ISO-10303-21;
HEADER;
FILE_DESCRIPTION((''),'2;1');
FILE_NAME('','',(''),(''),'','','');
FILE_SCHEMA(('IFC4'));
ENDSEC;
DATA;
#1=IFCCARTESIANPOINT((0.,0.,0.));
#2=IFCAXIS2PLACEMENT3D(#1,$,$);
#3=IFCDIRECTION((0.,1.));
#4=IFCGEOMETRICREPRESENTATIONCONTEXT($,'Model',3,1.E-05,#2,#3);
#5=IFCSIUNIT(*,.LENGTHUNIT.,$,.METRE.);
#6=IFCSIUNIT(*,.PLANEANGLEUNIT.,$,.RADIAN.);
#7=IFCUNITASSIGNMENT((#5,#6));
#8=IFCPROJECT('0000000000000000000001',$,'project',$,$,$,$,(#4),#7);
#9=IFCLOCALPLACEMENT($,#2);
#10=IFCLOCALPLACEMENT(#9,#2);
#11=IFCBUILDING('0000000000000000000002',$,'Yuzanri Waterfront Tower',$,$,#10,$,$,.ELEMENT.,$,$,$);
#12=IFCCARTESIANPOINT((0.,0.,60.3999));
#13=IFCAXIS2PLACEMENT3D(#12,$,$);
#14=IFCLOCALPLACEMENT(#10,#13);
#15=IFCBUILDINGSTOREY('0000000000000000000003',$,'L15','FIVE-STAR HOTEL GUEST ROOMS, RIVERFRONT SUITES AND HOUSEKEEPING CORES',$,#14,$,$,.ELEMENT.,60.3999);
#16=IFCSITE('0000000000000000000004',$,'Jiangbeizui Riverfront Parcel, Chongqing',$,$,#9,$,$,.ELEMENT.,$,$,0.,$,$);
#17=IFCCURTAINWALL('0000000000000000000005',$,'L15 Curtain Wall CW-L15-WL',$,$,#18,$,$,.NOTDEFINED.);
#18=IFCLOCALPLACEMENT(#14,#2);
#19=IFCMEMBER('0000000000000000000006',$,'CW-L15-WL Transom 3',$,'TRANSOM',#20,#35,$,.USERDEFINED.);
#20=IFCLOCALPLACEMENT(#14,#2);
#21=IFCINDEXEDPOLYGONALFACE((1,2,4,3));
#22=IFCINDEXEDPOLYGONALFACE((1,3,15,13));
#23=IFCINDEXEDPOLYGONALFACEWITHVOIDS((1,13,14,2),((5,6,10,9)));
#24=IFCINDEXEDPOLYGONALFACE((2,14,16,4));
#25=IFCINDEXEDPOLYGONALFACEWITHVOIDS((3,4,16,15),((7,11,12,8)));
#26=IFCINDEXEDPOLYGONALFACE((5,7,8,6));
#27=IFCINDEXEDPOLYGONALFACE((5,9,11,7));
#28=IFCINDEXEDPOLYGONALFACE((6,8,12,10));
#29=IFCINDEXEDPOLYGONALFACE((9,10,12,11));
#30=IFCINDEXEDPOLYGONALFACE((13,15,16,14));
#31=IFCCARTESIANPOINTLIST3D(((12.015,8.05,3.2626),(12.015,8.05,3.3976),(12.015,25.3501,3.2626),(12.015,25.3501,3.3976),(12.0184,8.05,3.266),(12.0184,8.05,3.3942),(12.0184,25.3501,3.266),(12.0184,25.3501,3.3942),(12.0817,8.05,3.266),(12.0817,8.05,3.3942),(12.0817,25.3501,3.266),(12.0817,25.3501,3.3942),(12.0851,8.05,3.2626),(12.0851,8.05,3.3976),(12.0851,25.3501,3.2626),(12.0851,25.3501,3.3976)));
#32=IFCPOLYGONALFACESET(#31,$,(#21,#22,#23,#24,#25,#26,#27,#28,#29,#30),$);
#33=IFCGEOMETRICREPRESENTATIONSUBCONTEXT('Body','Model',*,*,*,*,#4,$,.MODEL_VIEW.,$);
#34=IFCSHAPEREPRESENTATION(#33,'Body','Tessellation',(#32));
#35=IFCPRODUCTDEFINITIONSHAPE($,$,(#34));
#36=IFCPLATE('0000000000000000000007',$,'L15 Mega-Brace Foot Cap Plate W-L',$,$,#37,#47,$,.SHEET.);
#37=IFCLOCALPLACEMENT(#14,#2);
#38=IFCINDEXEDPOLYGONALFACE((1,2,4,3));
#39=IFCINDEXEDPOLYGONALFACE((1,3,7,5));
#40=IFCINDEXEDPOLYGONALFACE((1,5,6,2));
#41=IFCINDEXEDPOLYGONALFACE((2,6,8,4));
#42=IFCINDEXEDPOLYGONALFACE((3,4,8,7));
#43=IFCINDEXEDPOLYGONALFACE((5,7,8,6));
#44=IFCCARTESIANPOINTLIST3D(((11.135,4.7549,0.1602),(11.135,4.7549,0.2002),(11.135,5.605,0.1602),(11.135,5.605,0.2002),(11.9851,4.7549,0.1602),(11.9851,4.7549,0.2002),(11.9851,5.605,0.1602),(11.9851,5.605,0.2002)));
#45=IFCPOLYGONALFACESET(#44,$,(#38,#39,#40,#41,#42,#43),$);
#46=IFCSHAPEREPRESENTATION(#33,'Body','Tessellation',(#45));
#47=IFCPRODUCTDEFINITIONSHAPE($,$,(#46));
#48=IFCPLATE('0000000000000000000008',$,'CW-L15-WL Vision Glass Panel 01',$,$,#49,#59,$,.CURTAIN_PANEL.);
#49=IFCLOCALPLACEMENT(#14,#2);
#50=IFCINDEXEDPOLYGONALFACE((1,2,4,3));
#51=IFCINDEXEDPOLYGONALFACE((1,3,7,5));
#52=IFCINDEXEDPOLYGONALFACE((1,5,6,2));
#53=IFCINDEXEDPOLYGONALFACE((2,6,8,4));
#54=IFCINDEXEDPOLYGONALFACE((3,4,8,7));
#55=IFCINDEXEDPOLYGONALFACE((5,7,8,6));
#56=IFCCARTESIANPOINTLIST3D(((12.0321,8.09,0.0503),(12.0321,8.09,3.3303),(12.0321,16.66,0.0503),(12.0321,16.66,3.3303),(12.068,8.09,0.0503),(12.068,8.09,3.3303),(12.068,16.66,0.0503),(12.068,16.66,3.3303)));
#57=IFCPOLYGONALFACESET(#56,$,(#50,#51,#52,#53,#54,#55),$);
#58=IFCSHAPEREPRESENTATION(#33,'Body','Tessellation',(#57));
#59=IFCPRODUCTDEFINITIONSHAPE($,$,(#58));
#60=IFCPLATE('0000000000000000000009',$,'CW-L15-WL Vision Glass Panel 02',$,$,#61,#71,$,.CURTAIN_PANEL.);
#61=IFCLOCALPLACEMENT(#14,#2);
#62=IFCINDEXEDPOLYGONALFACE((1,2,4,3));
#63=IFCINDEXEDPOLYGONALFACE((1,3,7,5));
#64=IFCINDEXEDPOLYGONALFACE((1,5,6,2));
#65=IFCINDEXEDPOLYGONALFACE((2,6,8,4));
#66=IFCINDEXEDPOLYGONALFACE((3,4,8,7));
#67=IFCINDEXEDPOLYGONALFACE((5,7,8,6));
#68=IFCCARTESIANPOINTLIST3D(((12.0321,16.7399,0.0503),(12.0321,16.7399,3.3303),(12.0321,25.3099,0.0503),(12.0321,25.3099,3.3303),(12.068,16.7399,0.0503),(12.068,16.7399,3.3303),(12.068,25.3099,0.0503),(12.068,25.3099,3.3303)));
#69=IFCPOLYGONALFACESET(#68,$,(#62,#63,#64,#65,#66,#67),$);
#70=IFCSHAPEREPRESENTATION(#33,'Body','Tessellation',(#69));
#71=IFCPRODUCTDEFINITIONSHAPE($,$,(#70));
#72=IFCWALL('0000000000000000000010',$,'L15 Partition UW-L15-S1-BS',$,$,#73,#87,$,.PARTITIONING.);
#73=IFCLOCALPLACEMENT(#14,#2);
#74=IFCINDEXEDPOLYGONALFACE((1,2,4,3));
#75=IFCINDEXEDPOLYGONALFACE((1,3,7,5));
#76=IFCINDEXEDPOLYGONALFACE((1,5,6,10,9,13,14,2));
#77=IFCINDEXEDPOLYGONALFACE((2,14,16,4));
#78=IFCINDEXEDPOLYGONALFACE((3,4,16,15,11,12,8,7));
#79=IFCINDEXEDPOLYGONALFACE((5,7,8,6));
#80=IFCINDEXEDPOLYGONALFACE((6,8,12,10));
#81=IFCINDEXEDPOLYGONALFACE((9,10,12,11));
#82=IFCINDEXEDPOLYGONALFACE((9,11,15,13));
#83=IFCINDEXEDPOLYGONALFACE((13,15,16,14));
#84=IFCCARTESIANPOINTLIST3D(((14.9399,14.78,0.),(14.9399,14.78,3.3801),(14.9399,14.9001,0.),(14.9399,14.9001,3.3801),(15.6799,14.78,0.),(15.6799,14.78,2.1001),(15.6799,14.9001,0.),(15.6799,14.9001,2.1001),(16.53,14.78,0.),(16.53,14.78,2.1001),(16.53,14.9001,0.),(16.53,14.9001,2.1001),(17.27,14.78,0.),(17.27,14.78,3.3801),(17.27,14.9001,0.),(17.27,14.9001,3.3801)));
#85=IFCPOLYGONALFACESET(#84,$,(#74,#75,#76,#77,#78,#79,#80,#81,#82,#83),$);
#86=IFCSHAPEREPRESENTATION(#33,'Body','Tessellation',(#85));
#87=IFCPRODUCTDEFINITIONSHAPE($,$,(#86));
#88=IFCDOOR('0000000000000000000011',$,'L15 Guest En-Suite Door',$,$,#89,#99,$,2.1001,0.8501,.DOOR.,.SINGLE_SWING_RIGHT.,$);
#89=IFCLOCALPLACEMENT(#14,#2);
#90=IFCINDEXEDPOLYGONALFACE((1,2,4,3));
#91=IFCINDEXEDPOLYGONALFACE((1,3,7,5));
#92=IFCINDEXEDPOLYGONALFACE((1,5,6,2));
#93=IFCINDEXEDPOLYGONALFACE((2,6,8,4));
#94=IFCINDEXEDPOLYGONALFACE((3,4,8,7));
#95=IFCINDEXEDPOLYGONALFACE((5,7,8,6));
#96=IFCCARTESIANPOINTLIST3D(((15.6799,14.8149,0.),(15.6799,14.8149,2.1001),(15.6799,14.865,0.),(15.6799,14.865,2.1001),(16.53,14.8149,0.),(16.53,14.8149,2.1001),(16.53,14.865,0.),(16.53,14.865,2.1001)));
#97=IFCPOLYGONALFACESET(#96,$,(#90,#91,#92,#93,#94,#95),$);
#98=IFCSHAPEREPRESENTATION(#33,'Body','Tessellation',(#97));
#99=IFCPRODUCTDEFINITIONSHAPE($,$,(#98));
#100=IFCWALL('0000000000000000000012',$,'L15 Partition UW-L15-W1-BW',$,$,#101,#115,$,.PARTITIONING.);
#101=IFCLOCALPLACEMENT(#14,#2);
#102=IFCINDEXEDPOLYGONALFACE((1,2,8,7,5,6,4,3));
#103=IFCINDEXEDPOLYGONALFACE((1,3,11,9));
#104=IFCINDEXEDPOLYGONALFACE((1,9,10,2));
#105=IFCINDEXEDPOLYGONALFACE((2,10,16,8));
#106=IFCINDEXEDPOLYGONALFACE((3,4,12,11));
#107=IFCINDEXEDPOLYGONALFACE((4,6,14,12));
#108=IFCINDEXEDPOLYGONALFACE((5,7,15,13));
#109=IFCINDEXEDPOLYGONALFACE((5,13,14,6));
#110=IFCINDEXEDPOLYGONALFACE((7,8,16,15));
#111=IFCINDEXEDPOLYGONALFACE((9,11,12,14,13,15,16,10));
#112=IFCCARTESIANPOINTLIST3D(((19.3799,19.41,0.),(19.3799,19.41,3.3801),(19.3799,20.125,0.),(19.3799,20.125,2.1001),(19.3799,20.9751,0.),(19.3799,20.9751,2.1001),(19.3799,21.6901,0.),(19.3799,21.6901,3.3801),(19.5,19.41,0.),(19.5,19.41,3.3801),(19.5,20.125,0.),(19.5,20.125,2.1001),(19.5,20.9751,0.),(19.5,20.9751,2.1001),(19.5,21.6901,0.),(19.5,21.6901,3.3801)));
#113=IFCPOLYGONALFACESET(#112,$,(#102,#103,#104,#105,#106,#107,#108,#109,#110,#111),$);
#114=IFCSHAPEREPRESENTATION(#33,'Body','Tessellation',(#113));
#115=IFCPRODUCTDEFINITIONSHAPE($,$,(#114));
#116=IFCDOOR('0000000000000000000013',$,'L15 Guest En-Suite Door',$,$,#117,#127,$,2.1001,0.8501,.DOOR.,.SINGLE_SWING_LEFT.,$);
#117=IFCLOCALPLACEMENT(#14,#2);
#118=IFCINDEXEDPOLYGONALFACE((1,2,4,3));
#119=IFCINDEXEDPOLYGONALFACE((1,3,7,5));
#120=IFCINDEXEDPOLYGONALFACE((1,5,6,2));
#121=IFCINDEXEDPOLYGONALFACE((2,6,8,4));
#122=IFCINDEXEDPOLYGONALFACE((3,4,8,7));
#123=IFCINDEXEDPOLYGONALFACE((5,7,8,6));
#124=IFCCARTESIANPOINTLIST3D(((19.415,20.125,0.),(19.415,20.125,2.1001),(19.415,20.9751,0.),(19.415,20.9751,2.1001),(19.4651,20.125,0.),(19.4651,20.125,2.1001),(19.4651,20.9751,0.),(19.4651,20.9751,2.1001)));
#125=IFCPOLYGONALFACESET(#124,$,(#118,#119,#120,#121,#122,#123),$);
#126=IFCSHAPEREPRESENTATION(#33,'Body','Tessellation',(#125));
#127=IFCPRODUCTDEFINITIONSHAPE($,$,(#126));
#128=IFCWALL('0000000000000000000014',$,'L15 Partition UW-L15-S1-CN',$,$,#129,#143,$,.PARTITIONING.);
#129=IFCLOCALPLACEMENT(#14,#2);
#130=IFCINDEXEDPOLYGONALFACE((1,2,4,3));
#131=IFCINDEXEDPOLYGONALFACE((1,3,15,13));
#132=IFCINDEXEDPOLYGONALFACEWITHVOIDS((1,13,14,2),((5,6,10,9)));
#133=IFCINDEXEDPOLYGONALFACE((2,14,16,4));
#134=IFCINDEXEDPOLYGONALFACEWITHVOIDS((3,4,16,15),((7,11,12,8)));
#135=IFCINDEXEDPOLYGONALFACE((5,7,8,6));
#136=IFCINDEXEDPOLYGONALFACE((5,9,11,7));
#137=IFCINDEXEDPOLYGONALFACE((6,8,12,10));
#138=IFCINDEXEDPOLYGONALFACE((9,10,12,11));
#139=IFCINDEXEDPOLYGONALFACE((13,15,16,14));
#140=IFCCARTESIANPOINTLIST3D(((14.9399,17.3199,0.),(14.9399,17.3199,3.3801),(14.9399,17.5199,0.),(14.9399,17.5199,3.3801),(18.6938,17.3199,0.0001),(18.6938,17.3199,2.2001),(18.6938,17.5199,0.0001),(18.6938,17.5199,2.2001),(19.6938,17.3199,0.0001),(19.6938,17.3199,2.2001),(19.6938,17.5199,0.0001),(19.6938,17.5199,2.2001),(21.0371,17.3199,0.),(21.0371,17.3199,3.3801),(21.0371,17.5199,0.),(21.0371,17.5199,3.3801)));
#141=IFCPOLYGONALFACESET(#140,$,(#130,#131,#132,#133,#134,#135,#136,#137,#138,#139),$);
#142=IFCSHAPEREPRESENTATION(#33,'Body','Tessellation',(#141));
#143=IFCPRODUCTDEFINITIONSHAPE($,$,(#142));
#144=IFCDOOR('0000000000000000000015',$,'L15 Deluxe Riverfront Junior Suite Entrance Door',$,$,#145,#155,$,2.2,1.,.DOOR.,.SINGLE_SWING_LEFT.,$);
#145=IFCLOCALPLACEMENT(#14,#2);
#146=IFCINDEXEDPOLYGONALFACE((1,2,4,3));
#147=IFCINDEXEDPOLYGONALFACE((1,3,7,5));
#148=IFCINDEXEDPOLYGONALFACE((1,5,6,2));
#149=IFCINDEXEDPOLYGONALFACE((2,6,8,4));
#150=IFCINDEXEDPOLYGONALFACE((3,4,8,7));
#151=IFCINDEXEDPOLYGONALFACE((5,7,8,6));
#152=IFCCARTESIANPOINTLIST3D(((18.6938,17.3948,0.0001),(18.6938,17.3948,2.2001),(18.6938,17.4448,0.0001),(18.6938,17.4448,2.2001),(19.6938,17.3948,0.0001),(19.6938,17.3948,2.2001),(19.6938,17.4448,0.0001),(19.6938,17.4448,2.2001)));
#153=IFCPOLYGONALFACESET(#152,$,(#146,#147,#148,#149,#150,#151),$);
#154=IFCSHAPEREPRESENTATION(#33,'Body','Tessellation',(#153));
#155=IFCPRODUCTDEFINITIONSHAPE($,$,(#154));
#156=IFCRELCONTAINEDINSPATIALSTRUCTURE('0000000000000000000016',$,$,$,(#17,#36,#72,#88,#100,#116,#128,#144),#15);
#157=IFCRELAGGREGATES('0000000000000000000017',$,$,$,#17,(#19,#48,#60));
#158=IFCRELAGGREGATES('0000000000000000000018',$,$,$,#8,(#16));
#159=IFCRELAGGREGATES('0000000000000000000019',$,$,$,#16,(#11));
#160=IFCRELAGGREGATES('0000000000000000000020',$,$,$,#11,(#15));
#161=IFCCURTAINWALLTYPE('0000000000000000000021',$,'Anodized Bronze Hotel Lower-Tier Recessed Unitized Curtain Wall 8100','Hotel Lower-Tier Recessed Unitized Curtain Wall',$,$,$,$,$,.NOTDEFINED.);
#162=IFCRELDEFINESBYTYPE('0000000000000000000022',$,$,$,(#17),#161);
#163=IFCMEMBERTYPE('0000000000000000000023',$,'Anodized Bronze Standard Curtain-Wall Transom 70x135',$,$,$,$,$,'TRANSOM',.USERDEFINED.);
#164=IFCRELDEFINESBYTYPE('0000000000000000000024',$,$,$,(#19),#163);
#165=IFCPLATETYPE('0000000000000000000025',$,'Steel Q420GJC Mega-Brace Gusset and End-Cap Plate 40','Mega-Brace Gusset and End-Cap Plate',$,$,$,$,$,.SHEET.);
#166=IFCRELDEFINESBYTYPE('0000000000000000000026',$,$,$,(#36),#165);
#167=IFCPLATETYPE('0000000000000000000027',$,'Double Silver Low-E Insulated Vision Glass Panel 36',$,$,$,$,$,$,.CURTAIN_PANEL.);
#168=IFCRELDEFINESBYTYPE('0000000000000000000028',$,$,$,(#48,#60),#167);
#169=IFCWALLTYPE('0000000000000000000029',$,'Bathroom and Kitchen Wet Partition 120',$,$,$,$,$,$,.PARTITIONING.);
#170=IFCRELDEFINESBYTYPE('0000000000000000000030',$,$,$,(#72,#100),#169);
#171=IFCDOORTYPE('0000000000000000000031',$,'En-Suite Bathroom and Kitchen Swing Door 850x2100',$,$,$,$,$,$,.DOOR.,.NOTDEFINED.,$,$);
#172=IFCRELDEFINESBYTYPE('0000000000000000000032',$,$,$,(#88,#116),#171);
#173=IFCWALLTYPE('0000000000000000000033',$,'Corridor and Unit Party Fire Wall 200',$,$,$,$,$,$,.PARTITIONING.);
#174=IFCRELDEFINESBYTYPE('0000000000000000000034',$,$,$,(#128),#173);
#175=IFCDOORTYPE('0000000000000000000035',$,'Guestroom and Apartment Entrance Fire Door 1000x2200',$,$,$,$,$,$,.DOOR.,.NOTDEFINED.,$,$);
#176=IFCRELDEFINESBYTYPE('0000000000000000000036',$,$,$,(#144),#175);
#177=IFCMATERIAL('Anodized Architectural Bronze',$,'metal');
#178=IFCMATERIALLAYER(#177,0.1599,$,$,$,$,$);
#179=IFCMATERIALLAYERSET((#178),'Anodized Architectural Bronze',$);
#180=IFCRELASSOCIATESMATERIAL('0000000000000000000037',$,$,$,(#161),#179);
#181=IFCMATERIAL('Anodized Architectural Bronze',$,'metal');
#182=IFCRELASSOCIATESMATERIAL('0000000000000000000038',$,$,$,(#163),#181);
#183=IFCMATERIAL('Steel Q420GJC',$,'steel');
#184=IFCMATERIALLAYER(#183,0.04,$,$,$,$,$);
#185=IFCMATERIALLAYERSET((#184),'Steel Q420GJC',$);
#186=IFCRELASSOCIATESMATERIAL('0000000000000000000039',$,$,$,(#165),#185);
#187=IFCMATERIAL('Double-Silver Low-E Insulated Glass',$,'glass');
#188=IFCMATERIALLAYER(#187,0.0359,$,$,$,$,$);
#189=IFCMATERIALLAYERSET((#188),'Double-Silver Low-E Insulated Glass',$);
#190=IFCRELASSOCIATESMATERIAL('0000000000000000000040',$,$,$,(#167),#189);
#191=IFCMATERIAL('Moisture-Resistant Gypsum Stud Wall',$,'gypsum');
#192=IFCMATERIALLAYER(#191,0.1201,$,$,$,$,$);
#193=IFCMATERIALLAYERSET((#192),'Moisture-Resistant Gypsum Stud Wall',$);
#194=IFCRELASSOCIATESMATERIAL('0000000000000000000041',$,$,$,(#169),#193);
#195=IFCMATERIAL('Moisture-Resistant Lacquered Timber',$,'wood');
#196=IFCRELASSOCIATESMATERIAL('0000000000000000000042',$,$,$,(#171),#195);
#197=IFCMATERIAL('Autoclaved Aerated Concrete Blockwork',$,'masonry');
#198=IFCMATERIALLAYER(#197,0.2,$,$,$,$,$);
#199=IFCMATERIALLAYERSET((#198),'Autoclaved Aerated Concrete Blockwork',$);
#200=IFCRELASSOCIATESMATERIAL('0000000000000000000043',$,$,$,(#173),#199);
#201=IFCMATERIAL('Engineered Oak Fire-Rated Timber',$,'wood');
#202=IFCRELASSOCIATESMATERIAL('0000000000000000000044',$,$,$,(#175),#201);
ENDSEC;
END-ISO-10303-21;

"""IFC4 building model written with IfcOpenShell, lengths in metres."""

from ifc_helpers import new_model, si_unit, direction, frame, frame_2d, origin, origin_2d, place, context, subcontext, project, spatial, rectangle, hollow_rectangle, extrude, source, transform, mapped, material, layer, layer_set, material_profile, profile_set, type_object, element, fill, aggregate, save


model = new_model("IFC4")

# Units and contexts
model_context = context("Model", 3, precision=1e-05, world=origin(), true_north=direction((0.0, 1.0)))
body_context = subcontext(model_context, "Body", "Model", "MODEL_VIEW")
ifc_project = project(units=[si_unit("LENGTHUNIT", "METRE"), si_unit("PLANEANGLEUNIT", "RADIAN")], contexts=[model_context])

# Site, building, storey
site_placement = place(None, origin())
site = spatial("IfcSite", under=ifc_project, at=site_placement, Name="Jiangbeizui Riverfront Parcel, Chongqing", CompositionType="ELEMENT", RefElevation=0.0)
building_placement = place(site_placement, origin())
building = spatial("IfcBuilding", under=site, at=building_placement, Name="Yuzanri Waterfront Tower", CompositionType="ELEMENT")
storey_placement = place(building_placement, frame((0.0, 0.0, 60.3999)))
storey = spatial("IfcBuildingStorey", under=building, at=storey_placement, Name="L15", Description="FIVE-STAR HOTEL GUEST ROOMS, RIVERFRONT SUITES AND HOUSEKEEPING CORES", CompositionType="ELEMENT", Elevation=60.3999)

# Curtain wall, member
ifc_material_1 = material(Name="Anodized Architectural Bronze", Category="metal")
ifc_layer_1 = layer(ifc_material_1, 0.1599)
ifc_layer_set_1 = layer_set([ifc_layer_1], Name="Anodized Architectural Bronze")
curtain_wall_type = type_object("IfcCurtainWallType", Name="Anodized Bronze Hotel Lower-Tier Recessed Unitized Curtain Wall 8100", Description="Hotel Lower-Tier Recessed Unitized Curtain Wall", PredefinedType="NOTDEFINED", material=ifc_layer_set_1)
curtain_wall_placement = place(storey_placement, origin())
curtain_wall = element("IfcCurtainWall", 1, at=curtain_wall_placement, inside=storey, type_object=curtain_wall_type, Name="L15 Curtain Wall CW-L15-WL", PredefinedType="NOTDEFINED")
ifc_material_2 = material(Name="Anodized Architectural Bronze", Category="metal")
ifc_material_profile_1 = material_profile(ifc_material_2, hollow_rectangle(XDim=0.0701, YDim=0.135, WallThickness=0.0034, at=origin_2d()), Name="CWT 70x135")
ifc_profile_set_1 = profile_set([ifc_material_profile_1], Name="Anodized Architectural Bronze")
member_type_1 = type_object("IfcMemberType", Name="Anodized Bronze Standard Curtain-Wall Transom 70x135", ElementType="TRANSOM", PredefinedType="USERDEFINED", material=ifc_profile_set_1)
shared_shape_1 = source(origin(), body_context, "Body", "SweptSolid", [
    extrude(hollow_rectangle(XDim=0.0701, YDim=0.135, WallThickness=0.0034, at=origin_2d()), origin(), (0.0, 0.0, 1.0), 17.3),
])
member_1_placement = place(storey_placement, frame((12.05, 8.05, 3.3301), z_axis=(0.0, 1.0, 0.0), x_axis=(-1.0, 0.0, 0.0)))
member_1 = element("IfcMember", 2, at=member_1_placement, type_object=member_type_1, Name="CW-L15-WL Transom 3", ObjectType="TRANSOM", PredefinedType="USERDEFINED", context=body_context, shape_type="MappedRepresentation", body=[
    mapped(shared_shape_1, transform((0.0, 0.0, 0.0), scale=1.0)),
])

# Plates
ifc_material_3 = material(Name="Steel Q420GJC", Category="steel")
ifc_layer_2 = layer(ifc_material_3, 0.04)
ifc_layer_set_2 = layer_set([ifc_layer_2], Name="Steel Q420GJC")
plate_type_1 = type_object("IfcPlateType", Name="Steel Q420GJC Mega-Brace Gusset and End-Cap Plate 40", Description="Mega-Brace Gusset and End-Cap Plate", PredefinedType="SHEET", material=ifc_layer_set_2)
shared_shape_2 = source(origin(), body_context, "Body", "SweptSolid", [
    extrude(rectangle(XDim=0.8501, YDim=0.8501, at=origin_2d()), origin(), (0.0, 0.0, 1.0), 0.04),
])
plate_1_placement = place(storey_placement, frame((11.5601, 5.1799, 0.1602), z_axis=(0.0, 0.0, 1.0), x_axis=(1.0, 0.0, 0.0)))
element("IfcPlate", 3, at=plate_1_placement, inside=storey, type_object=plate_type_1, Name="L15 Mega-Brace Foot Cap Plate W-L", PredefinedType="SHEET", context=body_context, shape_type="MappedRepresentation", body=[
    mapped(shared_shape_2, transform((0.0, 0.0, 0.0), scale=1.0)),
])
ifc_material_4 = material(Name="Double-Silver Low-E Insulated Glass", Category="glass")
ifc_layer_3 = layer(ifc_material_4, 0.0359)
ifc_layer_set_3 = layer_set([ifc_layer_3], Name="Double-Silver Low-E Insulated Glass")
plate_type_2 = type_object("IfcPlateType", Name="Double Silver Low-E Insulated Vision Glass Panel 36", PredefinedType="CURTAIN_PANEL", material=ifc_layer_set_3)
shared_shape_3 = source(origin(), body_context, "Body", "SweptSolid", [
    extrude(rectangle(XDim=8.5701, YDim=0.0359, at=origin_2d()), origin(), (0.0, 0.0, 1.0), 3.28),
])
plate_2_placement = place(storey_placement, frame((12.05, 12.375, 0.0503), z_axis=(0.0, 0.0, 1.0), x_axis=(0.0, 1.0, 0.0)))
plate_2 = element("IfcPlate", 4, at=plate_2_placement, type_object=plate_type_2, Name="CW-L15-WL Vision Glass Panel 01", PredefinedType="CURTAIN_PANEL", context=body_context, shape_type="MappedRepresentation", body=[
    mapped(shared_shape_3, transform((0.0, 0.0, 0.0), scale=1.0)),
])
plate_3_placement = place(storey_placement, frame((12.05, 21.0249, 0.0503), z_axis=(0.0, 0.0, 1.0), x_axis=(0.0, 1.0, 0.0)))
plate_3 = element("IfcPlate", 5, at=plate_3_placement, type_object=plate_type_2, Name="CW-L15-WL Vision Glass Panel 02", PredefinedType="CURTAIN_PANEL", context=body_context, shape_type="MappedRepresentation", body=[
    mapped(shared_shape_3, transform((0.0, 0.0, 0.0), scale=1.0)),
])
aggregate(curtain_wall, [member_1, plate_2, plate_3])

# Walls, openings, doors
ifc_material_5 = material(Name="Moisture-Resistant Gypsum Stud Wall", Category="gypsum")
ifc_layer_4 = layer(ifc_material_5, 0.1201)
ifc_layer_set_4 = layer_set([ifc_layer_4], Name="Moisture-Resistant Gypsum Stud Wall")
wall_type_1 = type_object("IfcWallType", Name="Bathroom and Kitchen Wet Partition 120", PredefinedType="PARTITIONING", material=ifc_layer_set_4)
wall_1_placement = place(storey_placement, frame((14.9399, 14.8401, 0.0), z_axis=(0.0, 0.0, 1.0), x_axis=(1.0, 0.0, 0.0)))
wall_1 = element("IfcWall", 6, at=wall_1_placement, inside=storey, type_object=wall_type_1, Name="L15 Partition UW-L15-S1-BS", PredefinedType="PARTITIONING", context=body_context, shape_type="SweptSolid", body=[
    extrude(rectangle(XDim=2.3301, YDim=0.1201, at=frame_2d((1.165, 0.0))), origin(), (0.0, 0.0, 1.0), 3.3801),
])
opening_1_placement = place(wall_1_placement, frame((0.74, 0.0, 0.0)))
opening_1 = element("IfcOpeningElement", 7, at=opening_1_placement, cuts=wall_1, PredefinedType="OPENING", context=body_context, shape_type="SweptSolid", body=[
    extrude(rectangle(XDim=0.8501, YDim=2.1001, at=frame_2d((0.425, 1.05))), frame((0.0, 0.075, 0.0), z_axis=(0.0, -1.0, 0.0), x_axis=(1.0, 0.0, 0.0)), (0.0, 0.0, 1.0), 0.1499),
])
ifc_material_6 = material(Name="Moisture-Resistant Lacquered Timber", Category="wood")
door_type_1 = type_object("IfcDoorType", Name="En-Suite Bathroom and Kitchen Swing Door 850x2100", OperationType="NOTDEFINED", PredefinedType="DOOR", material=ifc_material_6)
shared_shape_4 = source(origin(), body_context, "Body", "SweptSolid", [
    extrude(rectangle(XDim=0.8501, YDim=2.1001, at=frame_2d((0.425, 1.05))), frame((0.0, 0.0249, 0.0), z_axis=(0.0, -1.0, 0.0), x_axis=(1.0, 0.0, 0.0)), (0.0, 0.0, 1.0), 0.05),
])
door_1_placement = place(opening_1_placement, origin())
door_1 = element("IfcDoor", 8, at=door_1_placement, inside=storey, type_object=door_type_1, Name="L15 Guest En-Suite Door", OperationType="SINGLE_SWING_RIGHT", OverallHeight=2.1001, OverallWidth=0.8501, PredefinedType="DOOR", context=body_context, shape_type="MappedRepresentation", body=[
    mapped(shared_shape_4, transform((0.0, 0.0, 0.0), scale=1.0)),
])
fill(opening_1, door_1)
wall_2_placement = place(storey_placement, frame((19.4399, 19.4099, 0.0), z_axis=(0.0, 0.0, 1.0), x_axis=(0.0, 1.0, 0.0)))
wall_2 = element("IfcWall", 9, at=wall_2_placement, inside=storey, type_object=wall_type_1, Name="L15 Partition UW-L15-W1-BW", PredefinedType="PARTITIONING", context=body_context, shape_type="SweptSolid", body=[
    extrude(rectangle(XDim=2.28, YDim=0.1201, at=frame_2d((1.1401, 0.0))), origin(), (0.0, 0.0, 1.0), 3.3801),
])
opening_2_placement = place(wall_2_placement, frame((0.7151, 0.0, 0.0)))
opening_2 = element("IfcOpeningElement", 10, at=opening_2_placement, cuts=wall_2, PredefinedType="OPENING", context=body_context, shape_type="SweptSolid", body=[
    extrude(rectangle(XDim=0.8501, YDim=2.1001, at=frame_2d((0.425, 1.05))), frame((0.0, 0.075, 0.0), z_axis=(0.0, -1.0, 0.0), x_axis=(1.0, 0.0, 0.0)), (0.0, 0.0, 1.0), 0.1499),
])
door_2_placement = place(opening_2_placement, origin())
door_2 = element("IfcDoor", 11, at=door_2_placement, inside=storey, type_object=door_type_1, Name="L15 Guest En-Suite Door", OperationType="SINGLE_SWING_LEFT", OverallHeight=2.1001, OverallWidth=0.8501, PredefinedType="DOOR", context=body_context, shape_type="MappedRepresentation", body=[
    mapped(shared_shape_4, transform((0.0, 0.0, 0.0), scale=1.0)),
])
fill(opening_2, door_2)
ifc_material_7 = material(Name="Autoclaved Aerated Concrete Blockwork", Category="masonry")
ifc_layer_5 = layer(ifc_material_7, 0.2)
ifc_layer_set_5 = layer_set([ifc_layer_5], Name="Autoclaved Aerated Concrete Blockwork")
wall_type_2 = type_object("IfcWallType", Name="Corridor and Unit Party Fire Wall 200", PredefinedType="PARTITIONING", material=ifc_layer_set_5)
wall_3_placement = place(storey_placement, frame((14.9399, 17.4199, 0.0), z_axis=(0.0, 0.0, 1.0), x_axis=(1.0, 0.0, 0.0)))
wall_3 = element("IfcWall", 12, at=wall_3_placement, inside=storey, type_object=wall_type_2, Name="L15 Partition UW-L15-S1-CN", PredefinedType="PARTITIONING", context=body_context, shape_type="SweptSolid", body=[
    extrude(rectangle(XDim=6.0972, YDim=0.2, at=frame_2d((3.0486, 0.0))), origin(), (0.0, 0.0, 1.0), 3.3801),
])
opening_3_placement = place(wall_3_placement, frame((3.7539, 0.0, 0.0)))
opening_3 = element("IfcOpeningElement", 13, at=opening_3_placement, cuts=wall_3, PredefinedType="OPENING", context=body_context, shape_type="SweptSolid", body=[
    extrude(rectangle(XDim=1.0, YDim=2.2, at=frame_2d((0.5, 1.1001))), frame((0.0, 0.1147, 0.0), z_axis=(0.0, -1.0, 0.0), x_axis=(1.0, 0.0, 0.0)), (0.0, 0.0, 1.0), 0.2297),
])
ifc_material_8 = material(Name="Engineered Oak Fire-Rated Timber", Category="wood")
door_type_2 = type_object("IfcDoorType", Name="Guestroom and Apartment Entrance Fire Door 1000x2200", OperationType="NOTDEFINED", PredefinedType="DOOR", material=ifc_material_8)
shared_shape_5 = source(origin(), body_context, "Body", "SweptSolid", [
    extrude(rectangle(XDim=1.0, YDim=2.2, at=frame_2d((0.5, 1.1001))), frame((0.0, 0.0249, 0.0), z_axis=(0.0, -1.0, 0.0), x_axis=(1.0, 0.0, 0.0)), (0.0, 0.0, 1.0), 0.05),
])
door_3_placement = place(opening_3_placement, origin())
door_3 = element("IfcDoor", 14, at=door_3_placement, inside=storey, type_object=door_type_2, Name="L15 Deluxe Riverfront Junior Suite Entrance Door", OperationType="SINGLE_SWING_LEFT", OverallHeight=2.2, OverallWidth=1.0, PredefinedType="DOOR", context=body_context, shape_type="MappedRepresentation", body=[
    mapped(shared_shape_5, transform((0.0, 0.0, 0.0), scale=1.0)),
])
fill(opening_3, door_3)

save(model, "model.ifc")
